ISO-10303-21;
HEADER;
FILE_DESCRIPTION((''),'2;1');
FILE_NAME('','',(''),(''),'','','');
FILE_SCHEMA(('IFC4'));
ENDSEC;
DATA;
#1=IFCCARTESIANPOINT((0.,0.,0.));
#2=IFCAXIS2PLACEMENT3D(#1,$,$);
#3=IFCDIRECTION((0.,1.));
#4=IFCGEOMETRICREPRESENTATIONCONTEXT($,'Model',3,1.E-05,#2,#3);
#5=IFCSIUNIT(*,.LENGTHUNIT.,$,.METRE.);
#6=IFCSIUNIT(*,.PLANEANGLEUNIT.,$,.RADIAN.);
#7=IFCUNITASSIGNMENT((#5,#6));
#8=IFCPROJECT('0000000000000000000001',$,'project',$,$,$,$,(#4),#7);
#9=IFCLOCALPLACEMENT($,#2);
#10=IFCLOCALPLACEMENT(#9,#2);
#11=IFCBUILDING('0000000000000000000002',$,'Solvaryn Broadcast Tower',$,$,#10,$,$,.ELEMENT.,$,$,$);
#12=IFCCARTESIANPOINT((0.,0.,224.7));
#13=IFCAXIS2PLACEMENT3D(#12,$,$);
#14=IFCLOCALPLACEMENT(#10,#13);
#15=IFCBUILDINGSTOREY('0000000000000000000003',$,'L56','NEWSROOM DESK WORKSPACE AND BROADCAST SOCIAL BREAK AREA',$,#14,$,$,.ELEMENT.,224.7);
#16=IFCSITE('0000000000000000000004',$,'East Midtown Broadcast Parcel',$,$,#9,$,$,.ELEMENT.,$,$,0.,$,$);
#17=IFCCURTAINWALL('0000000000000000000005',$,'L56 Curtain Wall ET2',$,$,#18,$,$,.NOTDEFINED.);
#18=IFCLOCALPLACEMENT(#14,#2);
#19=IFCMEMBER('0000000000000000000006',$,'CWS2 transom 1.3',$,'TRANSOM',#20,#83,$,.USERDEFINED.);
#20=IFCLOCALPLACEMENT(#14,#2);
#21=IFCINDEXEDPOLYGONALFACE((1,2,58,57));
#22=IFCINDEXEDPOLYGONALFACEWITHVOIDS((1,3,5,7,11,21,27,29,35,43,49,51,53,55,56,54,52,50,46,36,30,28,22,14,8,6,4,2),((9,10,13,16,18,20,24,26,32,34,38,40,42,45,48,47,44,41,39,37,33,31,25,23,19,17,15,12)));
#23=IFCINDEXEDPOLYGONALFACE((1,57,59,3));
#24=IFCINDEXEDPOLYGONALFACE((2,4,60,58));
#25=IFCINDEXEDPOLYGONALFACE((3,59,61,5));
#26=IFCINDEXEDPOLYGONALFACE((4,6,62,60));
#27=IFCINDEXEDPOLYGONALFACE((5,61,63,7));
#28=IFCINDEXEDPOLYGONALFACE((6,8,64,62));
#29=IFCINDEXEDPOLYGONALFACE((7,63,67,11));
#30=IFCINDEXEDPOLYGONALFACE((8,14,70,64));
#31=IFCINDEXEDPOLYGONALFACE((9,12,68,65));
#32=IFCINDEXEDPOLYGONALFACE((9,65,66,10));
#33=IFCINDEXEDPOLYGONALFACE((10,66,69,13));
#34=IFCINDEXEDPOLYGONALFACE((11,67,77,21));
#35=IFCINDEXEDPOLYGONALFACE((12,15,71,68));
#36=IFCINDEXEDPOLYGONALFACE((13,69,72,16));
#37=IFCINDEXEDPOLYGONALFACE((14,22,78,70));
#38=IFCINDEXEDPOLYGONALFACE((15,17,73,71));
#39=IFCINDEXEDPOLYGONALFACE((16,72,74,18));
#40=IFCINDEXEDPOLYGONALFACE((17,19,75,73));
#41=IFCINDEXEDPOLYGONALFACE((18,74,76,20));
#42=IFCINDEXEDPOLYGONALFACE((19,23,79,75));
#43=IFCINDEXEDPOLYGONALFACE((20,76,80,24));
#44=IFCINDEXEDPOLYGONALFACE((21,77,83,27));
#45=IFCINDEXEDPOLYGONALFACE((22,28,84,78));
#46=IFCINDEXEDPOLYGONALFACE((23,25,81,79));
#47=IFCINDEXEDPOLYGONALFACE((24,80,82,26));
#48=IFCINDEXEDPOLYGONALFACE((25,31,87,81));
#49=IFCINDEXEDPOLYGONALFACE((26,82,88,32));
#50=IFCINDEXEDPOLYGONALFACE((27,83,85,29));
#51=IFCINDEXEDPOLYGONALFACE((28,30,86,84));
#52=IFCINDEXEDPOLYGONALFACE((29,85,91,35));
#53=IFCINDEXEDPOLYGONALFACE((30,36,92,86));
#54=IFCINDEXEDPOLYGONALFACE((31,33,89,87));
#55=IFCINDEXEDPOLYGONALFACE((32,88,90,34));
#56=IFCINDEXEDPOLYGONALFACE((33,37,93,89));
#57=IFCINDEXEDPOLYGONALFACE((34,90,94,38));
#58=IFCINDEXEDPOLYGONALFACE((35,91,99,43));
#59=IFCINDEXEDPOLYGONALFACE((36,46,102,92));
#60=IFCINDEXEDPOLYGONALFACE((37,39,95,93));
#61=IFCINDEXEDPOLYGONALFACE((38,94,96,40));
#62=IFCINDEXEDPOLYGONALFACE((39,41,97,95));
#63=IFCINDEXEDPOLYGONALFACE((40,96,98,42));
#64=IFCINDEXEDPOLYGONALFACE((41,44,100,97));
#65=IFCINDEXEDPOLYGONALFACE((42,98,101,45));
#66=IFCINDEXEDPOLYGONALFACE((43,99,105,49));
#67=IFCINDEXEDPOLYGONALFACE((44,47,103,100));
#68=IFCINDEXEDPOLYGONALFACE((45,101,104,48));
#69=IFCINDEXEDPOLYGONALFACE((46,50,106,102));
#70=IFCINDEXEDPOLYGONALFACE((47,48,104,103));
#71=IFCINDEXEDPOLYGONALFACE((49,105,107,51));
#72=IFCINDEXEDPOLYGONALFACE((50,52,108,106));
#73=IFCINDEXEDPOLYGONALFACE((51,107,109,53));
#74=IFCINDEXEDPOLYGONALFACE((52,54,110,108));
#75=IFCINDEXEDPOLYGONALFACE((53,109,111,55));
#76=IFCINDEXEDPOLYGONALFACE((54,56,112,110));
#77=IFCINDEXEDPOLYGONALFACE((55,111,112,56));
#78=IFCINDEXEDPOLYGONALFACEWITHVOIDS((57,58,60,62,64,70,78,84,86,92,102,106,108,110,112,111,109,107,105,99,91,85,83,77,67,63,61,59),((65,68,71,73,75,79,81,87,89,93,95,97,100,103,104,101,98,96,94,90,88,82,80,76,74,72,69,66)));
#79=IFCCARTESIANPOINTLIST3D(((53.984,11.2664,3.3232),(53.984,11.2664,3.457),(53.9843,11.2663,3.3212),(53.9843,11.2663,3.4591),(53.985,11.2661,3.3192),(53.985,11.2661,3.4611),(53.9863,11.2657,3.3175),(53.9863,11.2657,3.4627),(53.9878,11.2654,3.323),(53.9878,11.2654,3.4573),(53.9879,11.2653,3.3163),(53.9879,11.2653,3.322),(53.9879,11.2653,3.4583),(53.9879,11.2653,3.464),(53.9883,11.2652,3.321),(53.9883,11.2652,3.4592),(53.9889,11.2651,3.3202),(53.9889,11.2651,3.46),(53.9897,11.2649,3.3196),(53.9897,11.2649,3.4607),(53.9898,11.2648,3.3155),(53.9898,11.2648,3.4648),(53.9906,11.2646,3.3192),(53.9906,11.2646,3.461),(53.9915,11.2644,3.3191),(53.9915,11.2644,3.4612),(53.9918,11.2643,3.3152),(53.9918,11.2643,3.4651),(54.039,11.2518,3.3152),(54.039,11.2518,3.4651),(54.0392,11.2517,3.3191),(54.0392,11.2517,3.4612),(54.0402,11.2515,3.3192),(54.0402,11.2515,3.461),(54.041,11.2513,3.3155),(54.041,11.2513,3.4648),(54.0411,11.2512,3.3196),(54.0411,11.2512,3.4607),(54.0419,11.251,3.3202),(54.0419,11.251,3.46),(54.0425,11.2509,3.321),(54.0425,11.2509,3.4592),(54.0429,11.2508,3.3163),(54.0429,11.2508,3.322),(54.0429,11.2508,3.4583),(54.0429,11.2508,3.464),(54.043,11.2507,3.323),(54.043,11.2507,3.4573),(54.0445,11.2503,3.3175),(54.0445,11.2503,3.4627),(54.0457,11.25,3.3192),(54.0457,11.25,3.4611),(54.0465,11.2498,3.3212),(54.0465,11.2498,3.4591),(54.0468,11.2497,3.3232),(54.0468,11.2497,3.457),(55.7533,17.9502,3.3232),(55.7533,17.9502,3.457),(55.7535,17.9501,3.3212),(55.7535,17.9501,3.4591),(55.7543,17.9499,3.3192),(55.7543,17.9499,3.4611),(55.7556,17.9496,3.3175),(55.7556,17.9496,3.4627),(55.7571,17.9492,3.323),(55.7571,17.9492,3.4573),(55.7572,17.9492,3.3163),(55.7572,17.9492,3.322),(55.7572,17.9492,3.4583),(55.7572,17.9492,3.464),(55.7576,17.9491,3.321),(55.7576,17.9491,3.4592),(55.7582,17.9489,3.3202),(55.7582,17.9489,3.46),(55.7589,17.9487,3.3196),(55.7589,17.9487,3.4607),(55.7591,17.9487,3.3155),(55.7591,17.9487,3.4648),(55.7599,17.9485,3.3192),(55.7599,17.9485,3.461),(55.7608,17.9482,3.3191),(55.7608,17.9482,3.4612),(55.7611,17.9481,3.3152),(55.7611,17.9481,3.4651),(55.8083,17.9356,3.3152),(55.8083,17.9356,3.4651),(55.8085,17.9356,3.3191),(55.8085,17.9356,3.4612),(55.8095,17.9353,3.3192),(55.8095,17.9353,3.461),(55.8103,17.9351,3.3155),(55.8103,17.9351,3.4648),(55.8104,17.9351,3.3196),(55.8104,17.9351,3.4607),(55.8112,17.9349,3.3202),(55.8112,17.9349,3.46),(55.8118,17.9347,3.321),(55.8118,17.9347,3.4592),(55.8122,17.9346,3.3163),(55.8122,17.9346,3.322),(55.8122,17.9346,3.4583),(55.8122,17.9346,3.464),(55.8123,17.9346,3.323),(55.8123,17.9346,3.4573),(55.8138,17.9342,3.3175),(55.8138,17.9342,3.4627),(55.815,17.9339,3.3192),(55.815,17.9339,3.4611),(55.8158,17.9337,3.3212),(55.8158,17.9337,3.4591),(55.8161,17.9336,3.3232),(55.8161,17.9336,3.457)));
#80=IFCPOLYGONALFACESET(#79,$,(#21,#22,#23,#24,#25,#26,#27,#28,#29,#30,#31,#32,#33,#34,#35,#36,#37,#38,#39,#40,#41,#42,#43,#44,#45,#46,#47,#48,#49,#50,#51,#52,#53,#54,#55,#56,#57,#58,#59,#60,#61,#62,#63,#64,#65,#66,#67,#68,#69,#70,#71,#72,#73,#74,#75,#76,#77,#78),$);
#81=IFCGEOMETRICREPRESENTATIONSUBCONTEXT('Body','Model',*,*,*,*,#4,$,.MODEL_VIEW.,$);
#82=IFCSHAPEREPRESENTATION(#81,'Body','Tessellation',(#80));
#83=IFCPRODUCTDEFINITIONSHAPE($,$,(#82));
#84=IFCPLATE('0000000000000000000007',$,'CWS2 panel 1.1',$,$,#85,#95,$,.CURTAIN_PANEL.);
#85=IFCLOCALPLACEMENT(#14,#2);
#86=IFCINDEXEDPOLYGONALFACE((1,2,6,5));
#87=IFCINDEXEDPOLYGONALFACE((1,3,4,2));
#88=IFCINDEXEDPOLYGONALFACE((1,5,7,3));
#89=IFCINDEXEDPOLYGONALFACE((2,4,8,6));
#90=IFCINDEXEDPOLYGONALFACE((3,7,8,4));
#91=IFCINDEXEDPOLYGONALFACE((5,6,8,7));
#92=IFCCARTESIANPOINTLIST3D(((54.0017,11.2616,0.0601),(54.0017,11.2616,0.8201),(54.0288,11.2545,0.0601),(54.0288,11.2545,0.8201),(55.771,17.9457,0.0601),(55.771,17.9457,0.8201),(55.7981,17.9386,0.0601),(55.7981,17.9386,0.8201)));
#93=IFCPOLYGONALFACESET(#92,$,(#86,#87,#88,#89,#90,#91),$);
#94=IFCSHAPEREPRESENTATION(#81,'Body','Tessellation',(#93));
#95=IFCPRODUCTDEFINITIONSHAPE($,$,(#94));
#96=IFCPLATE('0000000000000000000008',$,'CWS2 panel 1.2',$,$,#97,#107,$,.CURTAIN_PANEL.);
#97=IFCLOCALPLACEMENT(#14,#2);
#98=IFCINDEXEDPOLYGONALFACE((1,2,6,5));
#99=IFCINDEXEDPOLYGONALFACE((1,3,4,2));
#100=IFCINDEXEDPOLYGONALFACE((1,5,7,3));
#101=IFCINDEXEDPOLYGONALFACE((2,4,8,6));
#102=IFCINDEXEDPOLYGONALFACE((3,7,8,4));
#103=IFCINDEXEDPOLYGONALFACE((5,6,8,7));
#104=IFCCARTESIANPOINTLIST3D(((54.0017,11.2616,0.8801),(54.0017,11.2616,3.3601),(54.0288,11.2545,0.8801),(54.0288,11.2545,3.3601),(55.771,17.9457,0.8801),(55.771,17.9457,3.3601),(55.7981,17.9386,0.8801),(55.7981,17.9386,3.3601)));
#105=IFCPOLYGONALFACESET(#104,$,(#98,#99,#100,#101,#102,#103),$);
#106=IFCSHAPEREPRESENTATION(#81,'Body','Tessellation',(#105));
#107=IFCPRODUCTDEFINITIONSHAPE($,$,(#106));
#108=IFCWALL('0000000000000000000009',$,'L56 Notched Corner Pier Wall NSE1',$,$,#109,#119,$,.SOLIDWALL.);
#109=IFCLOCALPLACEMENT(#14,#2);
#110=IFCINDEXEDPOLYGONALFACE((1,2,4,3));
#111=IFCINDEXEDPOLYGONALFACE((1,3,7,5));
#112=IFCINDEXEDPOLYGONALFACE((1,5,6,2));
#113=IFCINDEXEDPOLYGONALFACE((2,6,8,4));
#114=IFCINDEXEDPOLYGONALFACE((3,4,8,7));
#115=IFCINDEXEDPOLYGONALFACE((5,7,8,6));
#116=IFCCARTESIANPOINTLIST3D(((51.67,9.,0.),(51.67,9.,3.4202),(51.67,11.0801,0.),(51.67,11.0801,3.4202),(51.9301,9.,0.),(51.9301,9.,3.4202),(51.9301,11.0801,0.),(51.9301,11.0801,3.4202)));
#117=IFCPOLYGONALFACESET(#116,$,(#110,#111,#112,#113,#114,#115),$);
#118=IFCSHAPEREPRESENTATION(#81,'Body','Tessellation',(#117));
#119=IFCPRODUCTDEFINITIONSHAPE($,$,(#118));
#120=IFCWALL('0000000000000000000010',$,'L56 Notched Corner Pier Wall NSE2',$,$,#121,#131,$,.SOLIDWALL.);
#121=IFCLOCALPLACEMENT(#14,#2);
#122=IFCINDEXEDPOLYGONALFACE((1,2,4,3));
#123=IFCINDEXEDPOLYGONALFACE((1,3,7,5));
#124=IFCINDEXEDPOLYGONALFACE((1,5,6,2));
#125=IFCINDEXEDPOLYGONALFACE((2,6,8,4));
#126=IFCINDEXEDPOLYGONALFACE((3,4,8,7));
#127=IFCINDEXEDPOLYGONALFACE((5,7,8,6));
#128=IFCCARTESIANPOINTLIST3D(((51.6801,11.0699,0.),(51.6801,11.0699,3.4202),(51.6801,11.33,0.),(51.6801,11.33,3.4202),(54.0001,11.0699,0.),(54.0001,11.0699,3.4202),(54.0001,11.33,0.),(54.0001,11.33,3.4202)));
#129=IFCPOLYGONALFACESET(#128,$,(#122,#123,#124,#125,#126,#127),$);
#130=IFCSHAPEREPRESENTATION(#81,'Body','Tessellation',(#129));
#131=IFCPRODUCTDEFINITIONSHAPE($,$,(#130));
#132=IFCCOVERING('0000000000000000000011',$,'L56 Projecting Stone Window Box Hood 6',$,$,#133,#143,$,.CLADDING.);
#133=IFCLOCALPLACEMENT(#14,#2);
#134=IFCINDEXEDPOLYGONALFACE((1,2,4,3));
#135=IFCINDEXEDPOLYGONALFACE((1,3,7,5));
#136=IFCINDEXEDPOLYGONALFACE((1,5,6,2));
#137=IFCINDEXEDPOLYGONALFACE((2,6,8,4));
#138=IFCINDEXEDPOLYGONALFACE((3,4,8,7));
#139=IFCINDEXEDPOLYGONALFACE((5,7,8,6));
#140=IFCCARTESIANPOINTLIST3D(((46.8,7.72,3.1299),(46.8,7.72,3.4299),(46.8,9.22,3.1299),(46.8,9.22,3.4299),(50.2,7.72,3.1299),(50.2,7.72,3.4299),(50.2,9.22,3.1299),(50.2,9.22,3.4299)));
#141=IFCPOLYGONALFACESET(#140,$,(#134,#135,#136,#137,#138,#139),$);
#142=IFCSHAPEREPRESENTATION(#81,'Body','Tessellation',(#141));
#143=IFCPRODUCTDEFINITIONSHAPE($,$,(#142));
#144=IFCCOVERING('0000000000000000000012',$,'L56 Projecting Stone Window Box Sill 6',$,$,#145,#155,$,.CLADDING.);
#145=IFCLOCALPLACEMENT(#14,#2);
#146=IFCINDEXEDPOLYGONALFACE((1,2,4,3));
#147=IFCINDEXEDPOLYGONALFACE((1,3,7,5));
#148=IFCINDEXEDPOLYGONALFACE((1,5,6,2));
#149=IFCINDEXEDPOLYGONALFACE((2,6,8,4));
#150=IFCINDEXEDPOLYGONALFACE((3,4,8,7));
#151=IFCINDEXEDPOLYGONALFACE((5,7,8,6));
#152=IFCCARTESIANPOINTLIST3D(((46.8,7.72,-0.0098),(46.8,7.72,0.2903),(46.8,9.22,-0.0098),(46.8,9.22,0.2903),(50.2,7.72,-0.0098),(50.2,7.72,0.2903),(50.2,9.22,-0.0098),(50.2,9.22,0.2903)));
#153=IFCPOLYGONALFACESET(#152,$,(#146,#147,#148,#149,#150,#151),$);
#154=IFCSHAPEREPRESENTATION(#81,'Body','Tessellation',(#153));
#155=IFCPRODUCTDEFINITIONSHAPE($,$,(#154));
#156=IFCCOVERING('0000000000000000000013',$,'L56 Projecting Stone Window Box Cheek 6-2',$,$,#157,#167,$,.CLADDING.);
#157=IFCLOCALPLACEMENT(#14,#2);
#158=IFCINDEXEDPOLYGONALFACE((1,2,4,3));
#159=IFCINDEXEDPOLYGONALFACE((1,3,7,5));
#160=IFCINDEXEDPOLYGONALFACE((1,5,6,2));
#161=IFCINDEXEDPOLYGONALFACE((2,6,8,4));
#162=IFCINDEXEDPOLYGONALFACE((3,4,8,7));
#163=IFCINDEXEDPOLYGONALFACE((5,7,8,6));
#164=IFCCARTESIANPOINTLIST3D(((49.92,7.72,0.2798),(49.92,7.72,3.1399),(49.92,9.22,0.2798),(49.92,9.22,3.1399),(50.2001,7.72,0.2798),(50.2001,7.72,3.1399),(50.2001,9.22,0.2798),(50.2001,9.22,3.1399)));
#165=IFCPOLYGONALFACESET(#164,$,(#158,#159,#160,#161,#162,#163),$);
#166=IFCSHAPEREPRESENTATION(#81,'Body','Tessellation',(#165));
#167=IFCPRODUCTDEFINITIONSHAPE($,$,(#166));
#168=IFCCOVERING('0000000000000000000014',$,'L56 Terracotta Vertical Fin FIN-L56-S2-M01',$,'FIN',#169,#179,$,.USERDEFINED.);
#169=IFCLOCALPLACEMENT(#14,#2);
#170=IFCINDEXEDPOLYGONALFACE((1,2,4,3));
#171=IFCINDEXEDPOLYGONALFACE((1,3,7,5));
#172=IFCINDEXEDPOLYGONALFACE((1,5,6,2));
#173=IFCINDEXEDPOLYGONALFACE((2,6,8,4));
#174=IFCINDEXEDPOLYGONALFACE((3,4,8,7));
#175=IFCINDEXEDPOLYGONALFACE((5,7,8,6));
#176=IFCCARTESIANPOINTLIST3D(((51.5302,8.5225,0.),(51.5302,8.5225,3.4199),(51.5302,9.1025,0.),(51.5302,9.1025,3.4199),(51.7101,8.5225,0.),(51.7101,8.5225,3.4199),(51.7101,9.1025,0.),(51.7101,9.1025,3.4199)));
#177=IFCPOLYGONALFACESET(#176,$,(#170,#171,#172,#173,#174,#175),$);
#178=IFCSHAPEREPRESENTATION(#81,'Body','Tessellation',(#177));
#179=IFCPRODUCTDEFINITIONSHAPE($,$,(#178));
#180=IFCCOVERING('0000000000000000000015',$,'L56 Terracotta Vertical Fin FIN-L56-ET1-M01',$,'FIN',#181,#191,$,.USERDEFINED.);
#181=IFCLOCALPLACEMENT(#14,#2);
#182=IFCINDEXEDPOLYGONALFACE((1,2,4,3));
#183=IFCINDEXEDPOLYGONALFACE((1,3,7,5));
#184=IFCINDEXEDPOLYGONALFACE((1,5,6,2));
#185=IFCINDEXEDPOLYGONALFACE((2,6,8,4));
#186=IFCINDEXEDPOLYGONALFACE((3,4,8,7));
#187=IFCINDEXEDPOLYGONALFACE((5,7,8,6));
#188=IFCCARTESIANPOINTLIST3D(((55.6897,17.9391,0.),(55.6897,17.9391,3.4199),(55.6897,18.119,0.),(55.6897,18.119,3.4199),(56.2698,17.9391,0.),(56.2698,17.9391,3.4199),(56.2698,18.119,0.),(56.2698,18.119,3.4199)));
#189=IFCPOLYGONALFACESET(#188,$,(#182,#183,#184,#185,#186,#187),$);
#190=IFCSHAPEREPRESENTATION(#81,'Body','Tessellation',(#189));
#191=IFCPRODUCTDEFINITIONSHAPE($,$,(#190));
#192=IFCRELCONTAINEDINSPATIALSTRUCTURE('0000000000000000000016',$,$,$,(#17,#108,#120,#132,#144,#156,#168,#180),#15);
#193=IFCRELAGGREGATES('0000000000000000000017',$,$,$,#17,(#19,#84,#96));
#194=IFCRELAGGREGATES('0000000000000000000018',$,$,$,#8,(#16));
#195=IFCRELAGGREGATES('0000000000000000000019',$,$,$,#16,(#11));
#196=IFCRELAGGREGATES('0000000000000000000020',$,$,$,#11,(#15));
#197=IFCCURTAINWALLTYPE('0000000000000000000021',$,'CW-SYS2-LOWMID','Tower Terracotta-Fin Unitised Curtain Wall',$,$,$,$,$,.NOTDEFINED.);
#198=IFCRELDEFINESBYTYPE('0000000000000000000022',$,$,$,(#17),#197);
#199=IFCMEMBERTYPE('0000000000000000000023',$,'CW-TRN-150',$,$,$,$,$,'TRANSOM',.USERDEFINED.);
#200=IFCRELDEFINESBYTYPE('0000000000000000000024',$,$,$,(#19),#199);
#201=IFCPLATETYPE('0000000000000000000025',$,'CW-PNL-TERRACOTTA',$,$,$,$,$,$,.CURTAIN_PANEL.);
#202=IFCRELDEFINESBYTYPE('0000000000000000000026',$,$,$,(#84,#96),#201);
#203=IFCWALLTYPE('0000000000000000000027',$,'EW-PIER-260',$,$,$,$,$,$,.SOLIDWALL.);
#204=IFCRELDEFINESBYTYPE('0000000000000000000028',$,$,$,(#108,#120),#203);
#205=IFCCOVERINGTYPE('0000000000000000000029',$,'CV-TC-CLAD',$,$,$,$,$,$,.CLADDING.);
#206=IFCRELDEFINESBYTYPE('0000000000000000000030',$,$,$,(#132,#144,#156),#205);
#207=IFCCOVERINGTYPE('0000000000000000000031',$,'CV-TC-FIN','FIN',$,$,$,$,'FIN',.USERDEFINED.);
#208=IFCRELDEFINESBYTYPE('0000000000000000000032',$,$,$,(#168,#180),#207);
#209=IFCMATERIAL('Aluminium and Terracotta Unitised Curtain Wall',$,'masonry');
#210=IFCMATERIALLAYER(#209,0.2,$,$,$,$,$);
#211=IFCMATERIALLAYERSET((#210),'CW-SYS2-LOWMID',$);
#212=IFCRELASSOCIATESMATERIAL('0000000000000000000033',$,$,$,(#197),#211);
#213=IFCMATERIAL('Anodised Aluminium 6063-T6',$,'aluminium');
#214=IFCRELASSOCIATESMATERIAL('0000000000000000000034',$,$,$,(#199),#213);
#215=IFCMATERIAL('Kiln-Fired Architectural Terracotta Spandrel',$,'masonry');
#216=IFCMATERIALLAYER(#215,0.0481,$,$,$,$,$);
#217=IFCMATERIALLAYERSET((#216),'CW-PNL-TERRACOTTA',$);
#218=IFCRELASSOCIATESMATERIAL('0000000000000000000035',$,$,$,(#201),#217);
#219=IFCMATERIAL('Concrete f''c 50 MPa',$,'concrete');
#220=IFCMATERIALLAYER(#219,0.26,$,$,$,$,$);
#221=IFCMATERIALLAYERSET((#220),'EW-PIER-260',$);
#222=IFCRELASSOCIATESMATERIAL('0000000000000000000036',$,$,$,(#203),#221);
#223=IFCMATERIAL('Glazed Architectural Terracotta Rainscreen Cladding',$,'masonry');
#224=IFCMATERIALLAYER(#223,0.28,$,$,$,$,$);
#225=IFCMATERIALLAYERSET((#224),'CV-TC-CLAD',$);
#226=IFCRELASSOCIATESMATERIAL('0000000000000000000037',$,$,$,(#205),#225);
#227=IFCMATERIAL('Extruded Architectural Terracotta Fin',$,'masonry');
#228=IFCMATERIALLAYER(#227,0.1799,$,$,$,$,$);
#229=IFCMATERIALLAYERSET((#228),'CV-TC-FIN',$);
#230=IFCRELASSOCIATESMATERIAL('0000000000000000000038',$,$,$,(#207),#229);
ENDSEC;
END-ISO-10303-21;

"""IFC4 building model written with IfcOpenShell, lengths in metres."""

from ifc_helpers import new_model, si_unit, direction, frame, frame_2d, origin, origin_2d, place, context, subcontext, project, spatial, rectangle, hollow_rectangle, extrude, material, layer, layer_set, material_profile, profile_set, type_object, element, aggregate, save


model = new_model("IFC4")

# Units and contexts
model_context = context("Model", 3, precision=1e-05, world=origin(), true_north=direction((0.0, 1.0)))
body_context = subcontext(model_context, "Body", "Model", "MODEL_VIEW")
ifc_project = project(units=[si_unit("LENGTHUNIT", "METRE"), si_unit("PLANEANGLEUNIT", "RADIAN")], contexts=[model_context])

# Site, building, storey
site_placement = place(None, origin())
site = spatial("IfcSite", under=ifc_project, at=site_placement, Name="East Midtown Broadcast Parcel", CompositionType="ELEMENT", RefElevation=0.0)
building_placement = place(site_placement, origin())
building = spatial("IfcBuilding", under=site, at=building_placement, Name="Solvaryn Broadcast Tower", CompositionType="ELEMENT")
storey_placement = place(building_placement, frame((0.0, 0.0, 224.7)))
storey = spatial("IfcBuildingStorey", under=building, at=storey_placement, Name="L56", Description="NEWSROOM DESK WORKSPACE AND BROADCAST SOCIAL BREAK AREA", CompositionType="ELEMENT", Elevation=224.7)

# Shared definitions
ifc_material_1 = material(Name="Aluminium and Terracotta Unitised Curtain Wall", Category="masonry")
ifc_layer_1 = layer(ifc_material_1, 0.2)
ifc_layer_set_1 = layer_set([ifc_layer_1], Name="CW-SYS2-LOWMID")
curtain_wall_type = type_object("IfcCurtainWallType", Name="CW-SYS2-LOWMID", Description="Tower Terracotta-Fin Unitised Curtain Wall", PredefinedType="NOTDEFINED", material=ifc_layer_set_1)

# Curtain wall, member, plates
curtain_wall_1_placement = place(storey_placement, origin())
curtain_wall_1 = element("IfcCurtainWall", 1, at=curtain_wall_1_placement, inside=storey, type_object=curtain_wall_type, Name="L56 Curtain Wall ET2", PredefinedType="NOTDEFINED")
ifc_material_2 = material(Name="Anodised Aluminium 6063-T6", Category="aluminium")
ifc_material_profile_1 = material_profile(ifc_material_2, hollow_rectangle(XDim=0.0649, YDim=0.1499, WallThickness=0.0039, InnerFilletRadius=0.0039, OuterFilletRadius=0.0081, at=origin_2d()))
ifc_profile_set_1 = profile_set([ifc_material_profile_1], Name="Anodised Aluminium 6063-T6")
member_type_1 = type_object("IfcMemberType", Name="CW-TRN-150", ElementType="TRANSOM", PredefinedType="USERDEFINED", material=ifc_profile_set_1)
member_1_placement = place(storey_placement, frame((55.7847, 17.9419, 3.3901), z_axis=(-0.255897, -0.966704, 0.0), x_axis=(0.966704, -0.255897, 0.0)))
member_1 = element("IfcMember", 2, at=member_1_placement, type_object=member_type_1, Name="CWS2 transom 1.3", ObjectType="TRANSOM", PredefinedType="USERDEFINED", context=body_context, shape_type="SweptSolid", body=[
    extrude(hollow_rectangle(XDim=0.0649, YDim=0.1499, WallThickness=0.0039, InnerFilletRadius=0.0039, OuterFilletRadius=0.0081, at=origin_2d()), origin(), (0.0, 0.0, 1.0), 6.9141),
])
ifc_material_3 = material(Name="Kiln-Fired Architectural Terracotta Spandrel", Category="masonry")
ifc_layer_2 = layer(ifc_material_3, 0.0481)
ifc_layer_set_2 = layer_set([ifc_layer_2], Name="CW-PNL-TERRACOTTA")
plate_type = type_object("IfcPlateType", Name="CW-PNL-TERRACOTTA", PredefinedType="CURTAIN_PANEL", material=ifc_layer_set_2)
plate_1_placement = place(storey_placement, frame((54.8999, 14.6001, 0.0601), z_axis=(0.0, 0.0, 1.0), x_axis=(-0.255893, -0.966705, 0.0)))
plate_1 = element("IfcPlate", 3, at=plate_1_placement, type_object=plate_type, Name="CWS2 panel 1.1", PredefinedType="CURTAIN_PANEL", context=body_context, shape_type="SweptSolid", body=[
    extrude(rectangle(XDim=6.9143, YDim=0.0281, at=origin_2d()), origin(), (0.0, 0.0, 1.0), 0.76),
])
plate_2_placement = place(storey_placement, frame((54.8999, 14.6001, 0.8801), z_axis=(0.0, 0.0, 1.0), x_axis=(-0.255893, -0.966705, 0.0)))
plate_2 = element("IfcPlate", 4, at=plate_2_placement, type_object=plate_type, Name="CWS2 panel 1.2", PredefinedType="CURTAIN_PANEL", context=body_context, shape_type="SweptSolid", body=[
    extrude(rectangle(XDim=6.9143, YDim=0.0281, at=origin_2d()), origin(), (0.0, 0.0, 1.0), 2.48),
])
aggregate(curtain_wall_1, [member_1, plate_1, plate_2])

# Walls
ifc_material_4 = material(Name="Concrete f'c 50 MPa", Category="concrete")
ifc_layer_3 = layer(ifc_material_4, 0.26)
ifc_layer_set_3 = layer_set([ifc_layer_3], Name="EW-PIER-260")
wall_type = type_object("IfcWallType", Name="EW-PIER-260", PredefinedType="SOLIDWALL", material=ifc_layer_set_3)
wall_1_placement = place(storey_placement, frame((51.8, 9.0, 0.0), z_axis=(0.0, 0.0, 1.0), x_axis=(0.0, 1.0, 0.0)))
element("IfcWall", 5, at=wall_1_placement, inside=storey, type_object=wall_type, Name="L56 Notched Corner Pier Wall NSE1", PredefinedType="SOLIDWALL", context=body_context, shape_type="SweptSolid", body=[
    extrude(rectangle(XDim=2.0801, YDim=0.26, at=frame_2d((1.04, 0.0))), origin(), (0.0, 0.0, 1.0), 3.4202),
])
wall_2_placement = place(storey_placement, frame((51.6799, 11.2, 0.0), z_axis=(0.0, 0.0, 1.0), x_axis=(1.0, 0.0, 0.0)))
element("IfcWall", 6, at=wall_2_placement, inside=storey, type_object=wall_type, Name="L56 Notched Corner Pier Wall NSE2", PredefinedType="SOLIDWALL", context=body_context, shape_type="SweptSolid", body=[
    extrude(rectangle(XDim=2.3201, YDim=0.26, at=frame_2d((1.1602, 0.0))), origin(), (0.0, 0.0, 1.0), 3.4202),
])

# Coverings
ifc_material_5 = material(Name="Glazed Architectural Terracotta Rainscreen Cladding", Category="masonry")
ifc_layer_4 = layer(ifc_material_5, 0.28)
ifc_layer_set_4 = layer_set([ifc_layer_4], Name="CV-TC-CLAD")
covering_type_1 = type_object("IfcCoveringType", Name="CV-TC-CLAD", PredefinedType="CLADDING", material=ifc_layer_set_4)
for number, where, z_axis, x_axis, name in (
    (7, (48.5, 8.47, 3.1299), (0.0, 0.0, 1.0), (1.0, 0.0, 0.0), "L56 Projecting Stone Window Box Hood 6"),
    (8, (48.5, 8.47, -0.0098), (0.0, 0.0, 1.0), (1.0, 0.0, 0.0), "L56 Projecting Stone Window Box Sill 6"),
):
    element("IfcCovering", number, at=place(storey_placement, frame(where, z_axis=z_axis, x_axis=x_axis)), inside=storey, type_object=covering_type_1, Name=name, PredefinedType="CLADDING", context=body_context, shape_type="SweptSolid", body=[
        extrude(rectangle(XDim=3.3999, YDim=1.5, at=origin_2d()), origin(), (0.0, 0.0, 1.0), 0.3),
    ])
covering_1_placement = place(storey_placement, frame((50.0601, 8.47, 0.2798), z_axis=(0.0, 0.0, 1.0), x_axis=(1.0, 0.0, 0.0)))
element("IfcCovering", 9, at=covering_1_placement, inside=storey, type_object=covering_type_1, Name="L56 Projecting Stone Window Box Cheek 6-2", PredefinedType="CLADDING", context=body_context, shape_type="SweptSolid", body=[
    extrude(rectangle(XDim=0.28, YDim=1.5, at=origin_2d()), origin(), (0.0, 0.0, 1.0), 2.8601),
])
ifc_material_6 = material(Name="Extruded Architectural Terracotta Fin", Category="masonry")
ifc_layer_5 = layer(ifc_material_6, 0.1799)
ifc_layer_set_5 = layer_set([ifc_layer_5], Name="CV-TC-FIN")
covering_type_2 = type_object("IfcCoveringType", Name="CV-TC-FIN", Description="FIN", ElementType="FIN", PredefinedType="USERDEFINED", material=ifc_layer_set_5)
covering_2_placement = place(storey_placement, frame((51.6201, 8.8125, 0.0), z_axis=(0.0, 0.0, 1.0), x_axis=(1.0, 0.0, 0.0)))
element("IfcCovering", 10, at=covering_2_placement, inside=storey, type_object=covering_type_2, Name="L56 Terracotta Vertical Fin FIN-L56-S2-M01", ObjectType="FIN", PredefinedType="USERDEFINED", context=body_context, shape_type="SweptSolid", body=[
    extrude(rectangle(XDim=0.1799, YDim=0.5801, at=origin_2d()), origin(), (0.0, 0.0, 1.0), 3.4199),
])
for number, where, z_axis, x_axis, name in (
    (11, (55.9797, 18.0291, 0.0), (0.0, 0.0, 1.0), (1.0, 0.0, 0.0), "L56 Terracotta Vertical Fin FIN-L56-ET1-M01"),
):
    element("IfcCovering", number, at=place(storey_placement, frame(where, z_axis=z_axis, x_axis=x_axis)), inside=storey, type_object=covering_type_2, Name=name, ObjectType="FIN", PredefinedType="USERDEFINED", context=body_context, shape_type="SweptSolid", body=[
        extrude(rectangle(XDim=0.5801, YDim=0.1799, at=origin_2d()), origin(), (0.0, 0.0, 1.0), 3.4199),
    ])

save(model, "model.ifc")
